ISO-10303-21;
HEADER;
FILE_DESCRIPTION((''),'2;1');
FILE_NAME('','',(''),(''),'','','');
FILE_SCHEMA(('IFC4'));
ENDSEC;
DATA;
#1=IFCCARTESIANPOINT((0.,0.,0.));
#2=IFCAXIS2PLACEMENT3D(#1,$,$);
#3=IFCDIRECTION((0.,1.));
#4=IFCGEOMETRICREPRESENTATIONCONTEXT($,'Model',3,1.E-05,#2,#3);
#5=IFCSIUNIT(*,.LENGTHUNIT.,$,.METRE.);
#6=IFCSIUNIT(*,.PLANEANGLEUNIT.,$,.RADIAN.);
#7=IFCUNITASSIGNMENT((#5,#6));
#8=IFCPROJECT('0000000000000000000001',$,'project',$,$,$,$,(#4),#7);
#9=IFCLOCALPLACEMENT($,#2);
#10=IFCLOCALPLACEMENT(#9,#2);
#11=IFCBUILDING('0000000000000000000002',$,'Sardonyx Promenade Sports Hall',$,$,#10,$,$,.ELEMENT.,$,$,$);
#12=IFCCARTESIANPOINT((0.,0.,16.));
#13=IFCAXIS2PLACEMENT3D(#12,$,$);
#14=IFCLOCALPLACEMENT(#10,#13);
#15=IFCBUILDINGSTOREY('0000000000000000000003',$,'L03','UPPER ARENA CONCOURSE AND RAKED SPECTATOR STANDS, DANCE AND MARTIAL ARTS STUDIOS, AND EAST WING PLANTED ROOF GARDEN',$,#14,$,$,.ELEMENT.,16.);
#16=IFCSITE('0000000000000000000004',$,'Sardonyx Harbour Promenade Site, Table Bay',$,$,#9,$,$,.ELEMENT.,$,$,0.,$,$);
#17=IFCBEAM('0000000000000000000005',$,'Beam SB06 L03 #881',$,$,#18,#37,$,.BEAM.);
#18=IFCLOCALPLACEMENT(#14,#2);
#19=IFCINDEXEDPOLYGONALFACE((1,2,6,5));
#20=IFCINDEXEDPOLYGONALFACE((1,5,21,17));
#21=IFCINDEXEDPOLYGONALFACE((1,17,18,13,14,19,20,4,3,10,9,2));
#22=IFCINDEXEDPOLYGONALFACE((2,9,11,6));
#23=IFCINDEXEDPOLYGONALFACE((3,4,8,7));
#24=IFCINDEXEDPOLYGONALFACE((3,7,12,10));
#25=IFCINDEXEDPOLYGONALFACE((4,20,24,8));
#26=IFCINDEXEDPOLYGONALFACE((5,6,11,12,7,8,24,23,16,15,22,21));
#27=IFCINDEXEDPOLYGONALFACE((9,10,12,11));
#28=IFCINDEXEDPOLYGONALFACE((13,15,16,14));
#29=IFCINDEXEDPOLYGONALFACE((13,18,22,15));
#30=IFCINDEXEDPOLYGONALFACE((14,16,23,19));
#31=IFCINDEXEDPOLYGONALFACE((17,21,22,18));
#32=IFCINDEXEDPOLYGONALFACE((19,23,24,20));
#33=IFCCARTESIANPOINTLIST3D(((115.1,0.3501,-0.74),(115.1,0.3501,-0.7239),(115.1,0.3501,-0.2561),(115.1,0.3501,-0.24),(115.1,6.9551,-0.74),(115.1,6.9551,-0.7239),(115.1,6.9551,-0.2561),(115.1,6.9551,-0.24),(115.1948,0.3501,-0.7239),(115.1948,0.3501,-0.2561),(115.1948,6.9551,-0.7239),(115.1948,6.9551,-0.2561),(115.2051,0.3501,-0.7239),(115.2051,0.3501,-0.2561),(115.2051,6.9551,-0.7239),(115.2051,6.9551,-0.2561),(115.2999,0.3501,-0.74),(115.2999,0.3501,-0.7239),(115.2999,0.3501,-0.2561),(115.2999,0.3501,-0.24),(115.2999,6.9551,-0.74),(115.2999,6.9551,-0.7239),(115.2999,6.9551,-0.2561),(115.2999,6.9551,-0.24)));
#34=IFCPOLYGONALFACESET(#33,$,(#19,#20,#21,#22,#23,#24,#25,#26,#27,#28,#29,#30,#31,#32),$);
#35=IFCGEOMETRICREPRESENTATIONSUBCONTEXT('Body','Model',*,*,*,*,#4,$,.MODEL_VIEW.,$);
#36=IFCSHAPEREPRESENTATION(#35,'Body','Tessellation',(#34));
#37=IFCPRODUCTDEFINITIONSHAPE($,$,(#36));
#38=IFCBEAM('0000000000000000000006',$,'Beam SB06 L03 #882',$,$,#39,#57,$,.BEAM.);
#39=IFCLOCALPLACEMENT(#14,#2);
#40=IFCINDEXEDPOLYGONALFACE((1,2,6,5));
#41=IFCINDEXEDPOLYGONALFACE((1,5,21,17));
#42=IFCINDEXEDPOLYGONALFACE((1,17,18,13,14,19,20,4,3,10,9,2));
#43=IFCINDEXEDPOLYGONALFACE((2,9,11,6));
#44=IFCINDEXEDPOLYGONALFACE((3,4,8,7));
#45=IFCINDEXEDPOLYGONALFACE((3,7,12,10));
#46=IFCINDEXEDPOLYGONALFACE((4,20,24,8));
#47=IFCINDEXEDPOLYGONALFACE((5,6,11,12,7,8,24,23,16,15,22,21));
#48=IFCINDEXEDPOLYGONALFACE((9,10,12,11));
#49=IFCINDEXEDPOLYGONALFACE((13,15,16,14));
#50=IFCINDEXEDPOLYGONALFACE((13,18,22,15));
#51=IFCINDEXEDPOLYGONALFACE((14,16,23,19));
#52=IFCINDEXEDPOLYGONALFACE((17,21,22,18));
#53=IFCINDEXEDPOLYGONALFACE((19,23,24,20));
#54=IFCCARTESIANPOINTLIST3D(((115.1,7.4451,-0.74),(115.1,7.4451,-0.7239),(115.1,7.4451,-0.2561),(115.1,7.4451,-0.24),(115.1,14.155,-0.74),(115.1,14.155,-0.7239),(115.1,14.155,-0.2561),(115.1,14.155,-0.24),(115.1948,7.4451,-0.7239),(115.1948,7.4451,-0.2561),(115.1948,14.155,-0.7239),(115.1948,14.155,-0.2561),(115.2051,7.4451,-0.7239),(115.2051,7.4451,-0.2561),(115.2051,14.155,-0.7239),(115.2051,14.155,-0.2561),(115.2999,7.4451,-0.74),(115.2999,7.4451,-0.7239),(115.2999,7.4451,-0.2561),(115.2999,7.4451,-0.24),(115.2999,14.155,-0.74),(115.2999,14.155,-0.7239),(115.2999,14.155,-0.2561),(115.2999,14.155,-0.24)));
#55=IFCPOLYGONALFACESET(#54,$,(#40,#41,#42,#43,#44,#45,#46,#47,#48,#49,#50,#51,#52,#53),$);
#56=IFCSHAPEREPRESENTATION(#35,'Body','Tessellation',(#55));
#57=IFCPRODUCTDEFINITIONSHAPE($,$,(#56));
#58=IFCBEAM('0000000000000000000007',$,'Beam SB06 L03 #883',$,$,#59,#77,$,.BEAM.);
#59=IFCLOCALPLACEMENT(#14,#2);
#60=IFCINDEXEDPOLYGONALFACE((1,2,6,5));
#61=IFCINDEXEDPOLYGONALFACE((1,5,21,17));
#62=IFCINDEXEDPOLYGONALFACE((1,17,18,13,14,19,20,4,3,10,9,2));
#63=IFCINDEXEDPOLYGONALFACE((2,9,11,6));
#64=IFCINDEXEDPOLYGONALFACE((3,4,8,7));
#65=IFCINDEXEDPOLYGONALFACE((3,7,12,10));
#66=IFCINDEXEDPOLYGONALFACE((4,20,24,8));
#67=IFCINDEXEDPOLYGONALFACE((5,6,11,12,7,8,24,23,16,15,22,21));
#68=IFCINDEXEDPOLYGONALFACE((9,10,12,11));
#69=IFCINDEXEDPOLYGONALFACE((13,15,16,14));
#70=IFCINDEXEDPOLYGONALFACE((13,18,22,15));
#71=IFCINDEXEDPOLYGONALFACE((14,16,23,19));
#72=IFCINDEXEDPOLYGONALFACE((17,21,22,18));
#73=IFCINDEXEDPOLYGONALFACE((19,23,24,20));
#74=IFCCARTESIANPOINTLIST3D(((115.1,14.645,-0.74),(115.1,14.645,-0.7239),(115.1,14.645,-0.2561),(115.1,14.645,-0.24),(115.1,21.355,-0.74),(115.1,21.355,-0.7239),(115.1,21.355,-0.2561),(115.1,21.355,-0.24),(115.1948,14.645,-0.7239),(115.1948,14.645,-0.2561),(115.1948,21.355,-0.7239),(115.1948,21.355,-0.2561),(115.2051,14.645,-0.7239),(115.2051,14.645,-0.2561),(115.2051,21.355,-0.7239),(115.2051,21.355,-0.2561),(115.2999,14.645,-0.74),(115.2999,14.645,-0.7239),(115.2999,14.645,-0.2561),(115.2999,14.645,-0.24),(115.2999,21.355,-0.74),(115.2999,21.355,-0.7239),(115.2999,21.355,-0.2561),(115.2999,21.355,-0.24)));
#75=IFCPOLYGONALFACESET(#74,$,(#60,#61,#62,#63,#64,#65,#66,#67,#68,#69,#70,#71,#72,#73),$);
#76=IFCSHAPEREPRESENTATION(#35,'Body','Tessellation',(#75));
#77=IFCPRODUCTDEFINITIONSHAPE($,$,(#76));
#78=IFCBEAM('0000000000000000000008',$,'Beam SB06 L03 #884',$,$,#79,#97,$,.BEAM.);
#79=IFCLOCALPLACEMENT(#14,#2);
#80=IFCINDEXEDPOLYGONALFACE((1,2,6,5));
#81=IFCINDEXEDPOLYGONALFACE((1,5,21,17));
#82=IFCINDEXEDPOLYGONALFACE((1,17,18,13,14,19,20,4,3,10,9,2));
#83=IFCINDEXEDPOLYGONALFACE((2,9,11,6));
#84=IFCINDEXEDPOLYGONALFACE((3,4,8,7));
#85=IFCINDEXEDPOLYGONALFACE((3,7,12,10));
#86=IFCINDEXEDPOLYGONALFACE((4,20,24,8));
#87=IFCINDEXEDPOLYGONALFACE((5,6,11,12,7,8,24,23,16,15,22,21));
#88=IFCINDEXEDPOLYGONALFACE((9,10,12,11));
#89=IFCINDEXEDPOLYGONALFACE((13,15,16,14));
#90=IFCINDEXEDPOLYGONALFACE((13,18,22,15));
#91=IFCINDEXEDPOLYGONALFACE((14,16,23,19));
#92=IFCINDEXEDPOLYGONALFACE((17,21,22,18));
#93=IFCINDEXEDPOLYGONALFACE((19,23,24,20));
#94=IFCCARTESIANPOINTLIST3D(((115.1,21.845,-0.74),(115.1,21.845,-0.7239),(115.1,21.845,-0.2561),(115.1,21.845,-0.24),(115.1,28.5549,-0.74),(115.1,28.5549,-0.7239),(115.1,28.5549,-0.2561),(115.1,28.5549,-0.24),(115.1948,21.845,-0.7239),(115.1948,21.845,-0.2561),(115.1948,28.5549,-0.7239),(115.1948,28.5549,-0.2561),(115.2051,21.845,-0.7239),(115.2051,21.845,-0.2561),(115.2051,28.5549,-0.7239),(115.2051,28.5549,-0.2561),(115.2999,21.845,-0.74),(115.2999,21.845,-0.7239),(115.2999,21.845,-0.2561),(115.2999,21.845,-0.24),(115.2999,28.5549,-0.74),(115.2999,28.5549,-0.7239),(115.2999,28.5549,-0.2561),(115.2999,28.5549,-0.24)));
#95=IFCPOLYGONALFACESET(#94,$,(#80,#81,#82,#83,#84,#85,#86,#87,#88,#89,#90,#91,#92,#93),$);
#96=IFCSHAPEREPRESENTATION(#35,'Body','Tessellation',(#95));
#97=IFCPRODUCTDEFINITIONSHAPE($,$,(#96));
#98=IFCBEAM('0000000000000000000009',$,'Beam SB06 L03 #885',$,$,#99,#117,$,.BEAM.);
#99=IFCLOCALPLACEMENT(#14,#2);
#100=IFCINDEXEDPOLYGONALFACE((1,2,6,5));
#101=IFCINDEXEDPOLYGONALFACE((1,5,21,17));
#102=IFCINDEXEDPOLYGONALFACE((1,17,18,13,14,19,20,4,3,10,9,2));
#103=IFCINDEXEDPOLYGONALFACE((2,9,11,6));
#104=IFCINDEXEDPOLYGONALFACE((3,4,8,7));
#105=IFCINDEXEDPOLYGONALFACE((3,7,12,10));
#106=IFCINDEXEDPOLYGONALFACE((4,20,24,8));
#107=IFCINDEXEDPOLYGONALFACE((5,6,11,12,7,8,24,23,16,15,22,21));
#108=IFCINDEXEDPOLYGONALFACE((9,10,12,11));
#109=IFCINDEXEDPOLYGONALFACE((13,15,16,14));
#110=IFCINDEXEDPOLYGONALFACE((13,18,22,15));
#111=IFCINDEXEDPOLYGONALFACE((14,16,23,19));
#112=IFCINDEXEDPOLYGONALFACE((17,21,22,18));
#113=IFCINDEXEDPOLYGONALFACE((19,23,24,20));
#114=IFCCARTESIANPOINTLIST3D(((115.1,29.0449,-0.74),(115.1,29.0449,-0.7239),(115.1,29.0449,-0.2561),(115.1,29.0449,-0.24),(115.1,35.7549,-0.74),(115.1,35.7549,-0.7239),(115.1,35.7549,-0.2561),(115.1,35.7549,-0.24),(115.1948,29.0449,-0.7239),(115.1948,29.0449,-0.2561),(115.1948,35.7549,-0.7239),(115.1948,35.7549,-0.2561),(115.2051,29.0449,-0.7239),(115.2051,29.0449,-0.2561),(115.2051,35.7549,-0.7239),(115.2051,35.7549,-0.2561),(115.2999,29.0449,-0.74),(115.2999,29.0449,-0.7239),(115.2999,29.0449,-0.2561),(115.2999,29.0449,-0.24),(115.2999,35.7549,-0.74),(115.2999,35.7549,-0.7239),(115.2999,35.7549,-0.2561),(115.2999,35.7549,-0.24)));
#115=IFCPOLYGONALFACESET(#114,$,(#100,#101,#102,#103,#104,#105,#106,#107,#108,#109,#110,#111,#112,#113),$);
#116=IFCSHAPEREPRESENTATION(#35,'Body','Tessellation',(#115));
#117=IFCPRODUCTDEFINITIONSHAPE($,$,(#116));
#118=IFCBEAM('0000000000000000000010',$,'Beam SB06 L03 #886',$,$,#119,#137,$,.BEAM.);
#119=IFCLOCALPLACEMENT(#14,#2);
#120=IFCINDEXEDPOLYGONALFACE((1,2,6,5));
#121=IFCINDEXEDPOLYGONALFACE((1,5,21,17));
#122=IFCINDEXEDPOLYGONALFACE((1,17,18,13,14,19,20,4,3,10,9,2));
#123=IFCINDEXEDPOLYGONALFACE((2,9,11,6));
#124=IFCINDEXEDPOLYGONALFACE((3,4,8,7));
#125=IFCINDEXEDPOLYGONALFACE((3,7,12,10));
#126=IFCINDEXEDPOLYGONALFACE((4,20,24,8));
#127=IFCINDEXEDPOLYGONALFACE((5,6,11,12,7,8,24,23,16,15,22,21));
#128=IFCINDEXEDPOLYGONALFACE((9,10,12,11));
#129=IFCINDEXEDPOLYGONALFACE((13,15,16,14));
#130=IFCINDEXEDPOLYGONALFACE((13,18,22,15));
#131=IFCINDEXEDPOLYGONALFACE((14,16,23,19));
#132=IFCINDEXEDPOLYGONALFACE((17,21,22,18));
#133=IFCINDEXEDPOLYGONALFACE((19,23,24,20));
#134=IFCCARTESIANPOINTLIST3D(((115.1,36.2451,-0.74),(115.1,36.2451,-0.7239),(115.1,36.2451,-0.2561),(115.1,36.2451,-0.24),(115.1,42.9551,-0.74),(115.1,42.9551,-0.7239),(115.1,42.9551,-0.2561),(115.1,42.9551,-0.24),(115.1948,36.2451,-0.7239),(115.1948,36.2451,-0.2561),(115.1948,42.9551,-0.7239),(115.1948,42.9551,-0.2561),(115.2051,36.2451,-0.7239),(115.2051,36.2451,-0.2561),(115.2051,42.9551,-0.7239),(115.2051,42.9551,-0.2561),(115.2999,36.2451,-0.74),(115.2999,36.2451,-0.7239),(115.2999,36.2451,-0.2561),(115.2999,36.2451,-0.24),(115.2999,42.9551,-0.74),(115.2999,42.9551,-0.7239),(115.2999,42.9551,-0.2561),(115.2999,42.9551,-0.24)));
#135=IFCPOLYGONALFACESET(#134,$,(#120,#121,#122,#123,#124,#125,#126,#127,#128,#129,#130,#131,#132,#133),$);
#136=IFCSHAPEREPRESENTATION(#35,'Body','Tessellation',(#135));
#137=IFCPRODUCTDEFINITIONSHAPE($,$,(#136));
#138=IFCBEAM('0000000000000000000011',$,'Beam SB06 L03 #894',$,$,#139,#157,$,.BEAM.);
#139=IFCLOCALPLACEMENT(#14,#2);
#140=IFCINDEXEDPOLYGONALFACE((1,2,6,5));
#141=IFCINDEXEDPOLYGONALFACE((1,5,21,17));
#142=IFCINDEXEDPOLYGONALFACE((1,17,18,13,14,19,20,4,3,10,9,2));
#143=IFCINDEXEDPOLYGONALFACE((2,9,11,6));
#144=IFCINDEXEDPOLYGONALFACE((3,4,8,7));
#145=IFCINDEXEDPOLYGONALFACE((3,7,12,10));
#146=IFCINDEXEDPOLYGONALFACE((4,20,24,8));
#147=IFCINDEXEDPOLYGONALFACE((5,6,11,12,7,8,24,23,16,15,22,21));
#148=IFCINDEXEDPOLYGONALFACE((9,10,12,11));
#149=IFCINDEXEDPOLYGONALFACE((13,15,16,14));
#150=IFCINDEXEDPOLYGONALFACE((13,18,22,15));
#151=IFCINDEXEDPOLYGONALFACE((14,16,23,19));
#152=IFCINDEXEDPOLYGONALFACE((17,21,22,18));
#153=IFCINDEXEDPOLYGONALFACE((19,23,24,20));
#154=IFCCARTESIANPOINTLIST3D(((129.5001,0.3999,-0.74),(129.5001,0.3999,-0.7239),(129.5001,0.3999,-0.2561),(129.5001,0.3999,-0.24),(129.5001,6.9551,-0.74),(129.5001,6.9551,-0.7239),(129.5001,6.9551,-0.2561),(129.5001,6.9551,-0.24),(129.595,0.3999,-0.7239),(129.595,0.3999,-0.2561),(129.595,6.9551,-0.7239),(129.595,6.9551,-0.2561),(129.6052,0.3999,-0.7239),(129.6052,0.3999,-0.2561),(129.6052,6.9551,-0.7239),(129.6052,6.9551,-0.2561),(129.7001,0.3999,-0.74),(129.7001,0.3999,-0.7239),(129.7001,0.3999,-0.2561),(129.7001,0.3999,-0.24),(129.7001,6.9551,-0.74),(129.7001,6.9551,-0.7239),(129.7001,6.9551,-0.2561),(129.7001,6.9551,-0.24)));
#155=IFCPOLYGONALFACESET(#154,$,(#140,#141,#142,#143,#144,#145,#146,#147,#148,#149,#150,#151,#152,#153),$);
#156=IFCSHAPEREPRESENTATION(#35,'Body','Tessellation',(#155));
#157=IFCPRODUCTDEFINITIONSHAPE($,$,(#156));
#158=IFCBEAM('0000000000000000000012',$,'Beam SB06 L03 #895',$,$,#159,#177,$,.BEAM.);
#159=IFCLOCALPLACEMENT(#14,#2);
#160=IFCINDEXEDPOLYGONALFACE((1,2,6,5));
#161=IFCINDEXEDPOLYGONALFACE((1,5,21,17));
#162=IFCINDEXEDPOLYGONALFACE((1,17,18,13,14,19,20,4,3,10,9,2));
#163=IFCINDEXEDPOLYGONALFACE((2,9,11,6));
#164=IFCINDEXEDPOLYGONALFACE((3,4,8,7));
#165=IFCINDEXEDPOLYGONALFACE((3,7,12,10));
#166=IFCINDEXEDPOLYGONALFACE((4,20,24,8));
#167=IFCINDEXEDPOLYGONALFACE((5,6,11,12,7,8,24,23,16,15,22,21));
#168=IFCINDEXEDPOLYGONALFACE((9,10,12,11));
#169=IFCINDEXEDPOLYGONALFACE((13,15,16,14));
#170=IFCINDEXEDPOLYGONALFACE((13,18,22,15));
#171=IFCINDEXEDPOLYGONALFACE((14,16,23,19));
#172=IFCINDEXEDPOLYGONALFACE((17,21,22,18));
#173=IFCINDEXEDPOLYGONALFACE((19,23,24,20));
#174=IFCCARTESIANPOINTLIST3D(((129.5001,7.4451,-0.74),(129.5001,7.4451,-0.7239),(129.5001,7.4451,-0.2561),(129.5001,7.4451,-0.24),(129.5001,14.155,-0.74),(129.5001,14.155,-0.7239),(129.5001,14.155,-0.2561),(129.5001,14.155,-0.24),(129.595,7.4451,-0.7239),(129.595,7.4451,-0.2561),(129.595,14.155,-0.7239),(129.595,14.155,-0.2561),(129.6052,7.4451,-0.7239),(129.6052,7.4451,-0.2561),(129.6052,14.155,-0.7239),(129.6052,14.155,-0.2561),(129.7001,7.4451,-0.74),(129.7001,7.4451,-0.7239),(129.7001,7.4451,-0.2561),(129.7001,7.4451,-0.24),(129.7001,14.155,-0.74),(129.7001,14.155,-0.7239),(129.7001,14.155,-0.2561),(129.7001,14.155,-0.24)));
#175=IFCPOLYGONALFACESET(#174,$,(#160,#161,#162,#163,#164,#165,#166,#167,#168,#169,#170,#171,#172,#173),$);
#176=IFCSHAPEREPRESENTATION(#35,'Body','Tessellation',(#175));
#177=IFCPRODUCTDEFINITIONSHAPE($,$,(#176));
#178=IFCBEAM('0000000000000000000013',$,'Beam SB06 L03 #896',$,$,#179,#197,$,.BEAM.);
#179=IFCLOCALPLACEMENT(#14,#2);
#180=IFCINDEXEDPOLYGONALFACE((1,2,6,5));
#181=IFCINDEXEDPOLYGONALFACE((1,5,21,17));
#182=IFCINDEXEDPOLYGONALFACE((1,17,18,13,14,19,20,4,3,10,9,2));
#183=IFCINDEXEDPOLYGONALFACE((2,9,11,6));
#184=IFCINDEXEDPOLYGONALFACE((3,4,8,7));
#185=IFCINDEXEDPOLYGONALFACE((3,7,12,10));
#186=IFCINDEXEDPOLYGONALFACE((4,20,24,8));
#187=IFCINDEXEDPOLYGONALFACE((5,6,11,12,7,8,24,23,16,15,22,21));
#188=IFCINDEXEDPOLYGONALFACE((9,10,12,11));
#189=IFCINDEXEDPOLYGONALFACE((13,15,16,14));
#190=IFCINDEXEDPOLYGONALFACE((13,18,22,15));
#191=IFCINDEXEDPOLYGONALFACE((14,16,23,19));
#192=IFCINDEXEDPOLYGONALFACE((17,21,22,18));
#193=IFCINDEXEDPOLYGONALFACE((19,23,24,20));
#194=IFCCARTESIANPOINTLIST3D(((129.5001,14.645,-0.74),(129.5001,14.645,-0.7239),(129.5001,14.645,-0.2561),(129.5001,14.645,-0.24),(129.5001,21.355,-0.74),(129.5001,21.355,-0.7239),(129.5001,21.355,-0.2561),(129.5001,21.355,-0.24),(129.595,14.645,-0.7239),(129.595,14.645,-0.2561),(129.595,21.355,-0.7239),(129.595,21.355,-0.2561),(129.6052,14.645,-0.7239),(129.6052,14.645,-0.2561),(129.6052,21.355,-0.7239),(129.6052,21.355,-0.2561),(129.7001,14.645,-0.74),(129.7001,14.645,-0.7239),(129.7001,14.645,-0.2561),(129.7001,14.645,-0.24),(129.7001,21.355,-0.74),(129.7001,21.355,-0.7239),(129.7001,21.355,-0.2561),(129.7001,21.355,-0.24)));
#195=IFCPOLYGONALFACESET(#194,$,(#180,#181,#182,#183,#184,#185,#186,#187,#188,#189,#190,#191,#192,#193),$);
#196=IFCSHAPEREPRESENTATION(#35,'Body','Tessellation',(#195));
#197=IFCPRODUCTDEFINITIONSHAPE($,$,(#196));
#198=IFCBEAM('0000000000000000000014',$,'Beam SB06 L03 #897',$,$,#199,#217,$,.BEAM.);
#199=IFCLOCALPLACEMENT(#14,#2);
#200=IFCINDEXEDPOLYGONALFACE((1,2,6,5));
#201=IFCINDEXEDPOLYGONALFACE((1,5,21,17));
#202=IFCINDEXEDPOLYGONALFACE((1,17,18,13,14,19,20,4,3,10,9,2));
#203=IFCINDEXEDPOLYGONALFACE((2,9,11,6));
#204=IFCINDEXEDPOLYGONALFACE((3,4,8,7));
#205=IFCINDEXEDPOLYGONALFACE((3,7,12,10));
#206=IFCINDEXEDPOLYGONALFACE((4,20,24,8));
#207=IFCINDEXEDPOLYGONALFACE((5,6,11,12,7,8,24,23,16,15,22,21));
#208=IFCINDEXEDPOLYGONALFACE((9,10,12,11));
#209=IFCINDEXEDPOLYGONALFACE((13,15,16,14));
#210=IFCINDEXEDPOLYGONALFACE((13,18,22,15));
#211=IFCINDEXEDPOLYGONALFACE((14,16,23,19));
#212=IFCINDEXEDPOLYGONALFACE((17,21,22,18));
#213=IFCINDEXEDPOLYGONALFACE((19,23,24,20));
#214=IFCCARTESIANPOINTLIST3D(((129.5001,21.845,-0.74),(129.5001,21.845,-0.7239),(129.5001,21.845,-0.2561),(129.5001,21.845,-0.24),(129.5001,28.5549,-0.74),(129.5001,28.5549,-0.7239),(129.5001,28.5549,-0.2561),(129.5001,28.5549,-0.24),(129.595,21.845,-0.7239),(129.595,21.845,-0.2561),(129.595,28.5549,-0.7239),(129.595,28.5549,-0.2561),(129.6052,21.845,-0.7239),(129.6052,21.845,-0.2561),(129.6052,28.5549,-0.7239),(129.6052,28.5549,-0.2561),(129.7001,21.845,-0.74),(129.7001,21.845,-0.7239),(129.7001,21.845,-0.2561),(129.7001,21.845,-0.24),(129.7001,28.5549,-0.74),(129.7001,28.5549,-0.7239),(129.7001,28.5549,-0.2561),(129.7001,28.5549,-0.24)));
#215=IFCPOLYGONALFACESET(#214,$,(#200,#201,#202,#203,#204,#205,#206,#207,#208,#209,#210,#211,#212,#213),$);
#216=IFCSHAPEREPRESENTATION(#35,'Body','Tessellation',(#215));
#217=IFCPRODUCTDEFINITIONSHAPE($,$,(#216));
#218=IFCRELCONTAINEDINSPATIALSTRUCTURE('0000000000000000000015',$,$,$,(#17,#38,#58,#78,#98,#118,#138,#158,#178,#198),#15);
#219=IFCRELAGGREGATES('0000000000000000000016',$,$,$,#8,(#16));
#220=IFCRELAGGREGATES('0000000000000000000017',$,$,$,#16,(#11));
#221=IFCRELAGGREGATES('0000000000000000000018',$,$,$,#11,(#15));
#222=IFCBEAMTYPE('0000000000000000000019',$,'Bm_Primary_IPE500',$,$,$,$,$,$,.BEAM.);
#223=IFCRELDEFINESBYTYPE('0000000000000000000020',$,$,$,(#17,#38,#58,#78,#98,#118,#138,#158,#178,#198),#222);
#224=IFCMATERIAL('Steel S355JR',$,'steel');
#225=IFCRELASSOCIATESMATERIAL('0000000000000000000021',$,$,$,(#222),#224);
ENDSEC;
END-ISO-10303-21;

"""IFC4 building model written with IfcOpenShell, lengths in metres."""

from ifc_helpers import new_model, si_unit, direction, frame, origin, origin_2d, place, context, subcontext, project, spatial, i_section, extrude, material, material_profile, profile_set, type_object, element, save


model = new_model("IFC4")

# Units and contexts
model_context = context("Model", 3, precision=1e-05, world=origin(), true_north=direction((0.0, 1.0)))
body_context = subcontext(model_context, "Body", "Model", "MODEL_VIEW")
ifc_project = project(units=[si_unit("LENGTHUNIT", "METRE"), si_unit("PLANEANGLEUNIT", "RADIAN")], contexts=[model_context])

# Site, building, storey
site_placement = place(None, origin())
site = spatial("IfcSite", under=ifc_project, at=site_placement, Name="Sardonyx Harbour Promenade Site, Table Bay", CompositionType="ELEMENT", RefElevation=0.0)
building_placement = place(site_placement, origin())
building = spatial("IfcBuilding", under=site, at=building_placement, Name="Sardonyx Promenade Sports Hall", CompositionType="ELEMENT")
storey_placement = place(building_placement, frame((0.0, 0.0, 16.0)))
storey = spatial("IfcBuildingStorey", under=building, at=storey_placement, Name="L03", Description="UPPER ARENA CONCOURSE AND RAKED SPECTATOR STANDS, DANCE AND MARTIAL ARTS STUDIOS, AND EAST WING PLANTED ROOF GARDEN", CompositionType="ELEMENT", Elevation=16.0)

# Beams
ifc_material_1 = material(Name="Steel S355JR", Category="steel")
ifc_material_profile_1 = material_profile(ifc_material_1, i_section(OverallWidth=0.2, OverallDepth=0.5, WebThickness=0.0103, FlangeThickness=0.0161, at=origin_2d()))
ifc_profile_set_1 = profile_set([ifc_material_profile_1], Name="Steel S355JR")
beam_type_1 = type_object("IfcBeamType", Name="Bm_Primary_IPE500", PredefinedType="BEAM", material=ifc_profile_set_1)
beam_1_placement = place(storey_placement, frame((115.2, 0.3501, -0.49), z_axis=(0.0, 1.0, 0.0), x_axis=(-1.0, 0.0, 0.0)))
element("IfcBeam", 1, at=beam_1_placement, inside=storey, type_object=beam_type_1, Name="Beam SB06 L03 #881", PredefinedType="BEAM", context=body_context, shape_type="SweptSolid", body=[
    extrude(i_section(OverallWidth=0.2, OverallDepth=0.5, WebThickness=0.0103, FlangeThickness=0.0161, at=origin_2d()), origin(), (0.0, 0.0, 1.0), 6.605),
])
for number, where, z_axis, x_axis, name in (
    (2, (115.2, 7.4451, -0.49), (0.0, 1.0, 0.0), (-1.0, 0.0, 0.0), "Beam SB06 L03 #882"),
    (3, (115.2, 14.645, -0.49), (0.0, 1.0, 0.0), (-1.0, 0.0, 0.0), "Beam SB06 L03 #883"),
    (4, (115.2, 21.845, -0.49), (0.0, 1.0, 0.0), (-1.0, 0.0, 0.0), "Beam SB06 L03 #884"),
    (5, (115.2, 29.0449, -0.49), (0.0, 1.0, 0.0), (-1.0, 0.0, 0.0), "Beam SB06 L03 #885"),
    (6, (115.2, 36.2451, -0.49), (0.0, 1.0, 0.0), (-1.0, 0.0, 0.0), "Beam SB06 L03 #886"),
):
    element("IfcBeam", number, at=place(storey_placement, frame(where, z_axis=z_axis, x_axis=x_axis)), inside=storey, type_object=beam_type_1, Name=name, PredefinedType="BEAM", context=body_context, shape_type="SweptSolid", body=[
        extrude(i_section(OverallWidth=0.2, OverallDepth=0.5, WebThickness=0.0103, FlangeThickness=0.0161, at=origin_2d()), origin(), (0.0, 0.0, 1.0), 6.71),
    ])
beam_2_placement = place(storey_placement, frame((129.6001, 0.3999, -0.49), z_axis=(0.0, 1.0, 0.0), x_axis=(-1.0, 0.0, 0.0)))
element("IfcBeam", 7, at=beam_2_placement, inside=storey, type_object=beam_type_1, Name="Beam SB06 L03 #894", PredefinedType="BEAM", context=body_context, shape_type="SweptSolid", body=[
    extrude(i_section(OverallWidth=0.2, OverallDepth=0.5, WebThickness=0.0103, FlangeThickness=0.0161, at=origin_2d()), origin(), (0.0, 0.0, 1.0), 6.5552),
])
for number, where, z_axis, x_axis, name in (
    (8, (129.6001, 7.4451, -0.49), (0.0, 1.0, 0.0), (-1.0, 0.0, 0.0), "Beam SB06 L03 #895"),
    (9, (129.6001, 14.645, -0.49), (0.0, 1.0, 0.0), (-1.0, 0.0, 0.0), "Beam SB06 L03 #896"),
    (10, (129.6001, 21.845, -0.49), (0.0, 1.0, 0.0), (-1.0, 0.0, 0.0), "Beam SB06 L03 #897"),
):
    element("IfcBeam", number, at=place(storey_placement, frame(where, z_axis=z_axis, x_axis=x_axis)), inside=storey, type_object=beam_type_1, Name=name, PredefinedType="BEAM", context=body_context, shape_type="SweptSolid", body=[
        extrude(i_section(OverallWidth=0.2, OverallDepth=0.5, WebThickness=0.0103, FlangeThickness=0.0161, at=origin_2d()), origin(), (0.0, 0.0, 1.0), 6.71),
    ])

save(model, "model.ifc")
